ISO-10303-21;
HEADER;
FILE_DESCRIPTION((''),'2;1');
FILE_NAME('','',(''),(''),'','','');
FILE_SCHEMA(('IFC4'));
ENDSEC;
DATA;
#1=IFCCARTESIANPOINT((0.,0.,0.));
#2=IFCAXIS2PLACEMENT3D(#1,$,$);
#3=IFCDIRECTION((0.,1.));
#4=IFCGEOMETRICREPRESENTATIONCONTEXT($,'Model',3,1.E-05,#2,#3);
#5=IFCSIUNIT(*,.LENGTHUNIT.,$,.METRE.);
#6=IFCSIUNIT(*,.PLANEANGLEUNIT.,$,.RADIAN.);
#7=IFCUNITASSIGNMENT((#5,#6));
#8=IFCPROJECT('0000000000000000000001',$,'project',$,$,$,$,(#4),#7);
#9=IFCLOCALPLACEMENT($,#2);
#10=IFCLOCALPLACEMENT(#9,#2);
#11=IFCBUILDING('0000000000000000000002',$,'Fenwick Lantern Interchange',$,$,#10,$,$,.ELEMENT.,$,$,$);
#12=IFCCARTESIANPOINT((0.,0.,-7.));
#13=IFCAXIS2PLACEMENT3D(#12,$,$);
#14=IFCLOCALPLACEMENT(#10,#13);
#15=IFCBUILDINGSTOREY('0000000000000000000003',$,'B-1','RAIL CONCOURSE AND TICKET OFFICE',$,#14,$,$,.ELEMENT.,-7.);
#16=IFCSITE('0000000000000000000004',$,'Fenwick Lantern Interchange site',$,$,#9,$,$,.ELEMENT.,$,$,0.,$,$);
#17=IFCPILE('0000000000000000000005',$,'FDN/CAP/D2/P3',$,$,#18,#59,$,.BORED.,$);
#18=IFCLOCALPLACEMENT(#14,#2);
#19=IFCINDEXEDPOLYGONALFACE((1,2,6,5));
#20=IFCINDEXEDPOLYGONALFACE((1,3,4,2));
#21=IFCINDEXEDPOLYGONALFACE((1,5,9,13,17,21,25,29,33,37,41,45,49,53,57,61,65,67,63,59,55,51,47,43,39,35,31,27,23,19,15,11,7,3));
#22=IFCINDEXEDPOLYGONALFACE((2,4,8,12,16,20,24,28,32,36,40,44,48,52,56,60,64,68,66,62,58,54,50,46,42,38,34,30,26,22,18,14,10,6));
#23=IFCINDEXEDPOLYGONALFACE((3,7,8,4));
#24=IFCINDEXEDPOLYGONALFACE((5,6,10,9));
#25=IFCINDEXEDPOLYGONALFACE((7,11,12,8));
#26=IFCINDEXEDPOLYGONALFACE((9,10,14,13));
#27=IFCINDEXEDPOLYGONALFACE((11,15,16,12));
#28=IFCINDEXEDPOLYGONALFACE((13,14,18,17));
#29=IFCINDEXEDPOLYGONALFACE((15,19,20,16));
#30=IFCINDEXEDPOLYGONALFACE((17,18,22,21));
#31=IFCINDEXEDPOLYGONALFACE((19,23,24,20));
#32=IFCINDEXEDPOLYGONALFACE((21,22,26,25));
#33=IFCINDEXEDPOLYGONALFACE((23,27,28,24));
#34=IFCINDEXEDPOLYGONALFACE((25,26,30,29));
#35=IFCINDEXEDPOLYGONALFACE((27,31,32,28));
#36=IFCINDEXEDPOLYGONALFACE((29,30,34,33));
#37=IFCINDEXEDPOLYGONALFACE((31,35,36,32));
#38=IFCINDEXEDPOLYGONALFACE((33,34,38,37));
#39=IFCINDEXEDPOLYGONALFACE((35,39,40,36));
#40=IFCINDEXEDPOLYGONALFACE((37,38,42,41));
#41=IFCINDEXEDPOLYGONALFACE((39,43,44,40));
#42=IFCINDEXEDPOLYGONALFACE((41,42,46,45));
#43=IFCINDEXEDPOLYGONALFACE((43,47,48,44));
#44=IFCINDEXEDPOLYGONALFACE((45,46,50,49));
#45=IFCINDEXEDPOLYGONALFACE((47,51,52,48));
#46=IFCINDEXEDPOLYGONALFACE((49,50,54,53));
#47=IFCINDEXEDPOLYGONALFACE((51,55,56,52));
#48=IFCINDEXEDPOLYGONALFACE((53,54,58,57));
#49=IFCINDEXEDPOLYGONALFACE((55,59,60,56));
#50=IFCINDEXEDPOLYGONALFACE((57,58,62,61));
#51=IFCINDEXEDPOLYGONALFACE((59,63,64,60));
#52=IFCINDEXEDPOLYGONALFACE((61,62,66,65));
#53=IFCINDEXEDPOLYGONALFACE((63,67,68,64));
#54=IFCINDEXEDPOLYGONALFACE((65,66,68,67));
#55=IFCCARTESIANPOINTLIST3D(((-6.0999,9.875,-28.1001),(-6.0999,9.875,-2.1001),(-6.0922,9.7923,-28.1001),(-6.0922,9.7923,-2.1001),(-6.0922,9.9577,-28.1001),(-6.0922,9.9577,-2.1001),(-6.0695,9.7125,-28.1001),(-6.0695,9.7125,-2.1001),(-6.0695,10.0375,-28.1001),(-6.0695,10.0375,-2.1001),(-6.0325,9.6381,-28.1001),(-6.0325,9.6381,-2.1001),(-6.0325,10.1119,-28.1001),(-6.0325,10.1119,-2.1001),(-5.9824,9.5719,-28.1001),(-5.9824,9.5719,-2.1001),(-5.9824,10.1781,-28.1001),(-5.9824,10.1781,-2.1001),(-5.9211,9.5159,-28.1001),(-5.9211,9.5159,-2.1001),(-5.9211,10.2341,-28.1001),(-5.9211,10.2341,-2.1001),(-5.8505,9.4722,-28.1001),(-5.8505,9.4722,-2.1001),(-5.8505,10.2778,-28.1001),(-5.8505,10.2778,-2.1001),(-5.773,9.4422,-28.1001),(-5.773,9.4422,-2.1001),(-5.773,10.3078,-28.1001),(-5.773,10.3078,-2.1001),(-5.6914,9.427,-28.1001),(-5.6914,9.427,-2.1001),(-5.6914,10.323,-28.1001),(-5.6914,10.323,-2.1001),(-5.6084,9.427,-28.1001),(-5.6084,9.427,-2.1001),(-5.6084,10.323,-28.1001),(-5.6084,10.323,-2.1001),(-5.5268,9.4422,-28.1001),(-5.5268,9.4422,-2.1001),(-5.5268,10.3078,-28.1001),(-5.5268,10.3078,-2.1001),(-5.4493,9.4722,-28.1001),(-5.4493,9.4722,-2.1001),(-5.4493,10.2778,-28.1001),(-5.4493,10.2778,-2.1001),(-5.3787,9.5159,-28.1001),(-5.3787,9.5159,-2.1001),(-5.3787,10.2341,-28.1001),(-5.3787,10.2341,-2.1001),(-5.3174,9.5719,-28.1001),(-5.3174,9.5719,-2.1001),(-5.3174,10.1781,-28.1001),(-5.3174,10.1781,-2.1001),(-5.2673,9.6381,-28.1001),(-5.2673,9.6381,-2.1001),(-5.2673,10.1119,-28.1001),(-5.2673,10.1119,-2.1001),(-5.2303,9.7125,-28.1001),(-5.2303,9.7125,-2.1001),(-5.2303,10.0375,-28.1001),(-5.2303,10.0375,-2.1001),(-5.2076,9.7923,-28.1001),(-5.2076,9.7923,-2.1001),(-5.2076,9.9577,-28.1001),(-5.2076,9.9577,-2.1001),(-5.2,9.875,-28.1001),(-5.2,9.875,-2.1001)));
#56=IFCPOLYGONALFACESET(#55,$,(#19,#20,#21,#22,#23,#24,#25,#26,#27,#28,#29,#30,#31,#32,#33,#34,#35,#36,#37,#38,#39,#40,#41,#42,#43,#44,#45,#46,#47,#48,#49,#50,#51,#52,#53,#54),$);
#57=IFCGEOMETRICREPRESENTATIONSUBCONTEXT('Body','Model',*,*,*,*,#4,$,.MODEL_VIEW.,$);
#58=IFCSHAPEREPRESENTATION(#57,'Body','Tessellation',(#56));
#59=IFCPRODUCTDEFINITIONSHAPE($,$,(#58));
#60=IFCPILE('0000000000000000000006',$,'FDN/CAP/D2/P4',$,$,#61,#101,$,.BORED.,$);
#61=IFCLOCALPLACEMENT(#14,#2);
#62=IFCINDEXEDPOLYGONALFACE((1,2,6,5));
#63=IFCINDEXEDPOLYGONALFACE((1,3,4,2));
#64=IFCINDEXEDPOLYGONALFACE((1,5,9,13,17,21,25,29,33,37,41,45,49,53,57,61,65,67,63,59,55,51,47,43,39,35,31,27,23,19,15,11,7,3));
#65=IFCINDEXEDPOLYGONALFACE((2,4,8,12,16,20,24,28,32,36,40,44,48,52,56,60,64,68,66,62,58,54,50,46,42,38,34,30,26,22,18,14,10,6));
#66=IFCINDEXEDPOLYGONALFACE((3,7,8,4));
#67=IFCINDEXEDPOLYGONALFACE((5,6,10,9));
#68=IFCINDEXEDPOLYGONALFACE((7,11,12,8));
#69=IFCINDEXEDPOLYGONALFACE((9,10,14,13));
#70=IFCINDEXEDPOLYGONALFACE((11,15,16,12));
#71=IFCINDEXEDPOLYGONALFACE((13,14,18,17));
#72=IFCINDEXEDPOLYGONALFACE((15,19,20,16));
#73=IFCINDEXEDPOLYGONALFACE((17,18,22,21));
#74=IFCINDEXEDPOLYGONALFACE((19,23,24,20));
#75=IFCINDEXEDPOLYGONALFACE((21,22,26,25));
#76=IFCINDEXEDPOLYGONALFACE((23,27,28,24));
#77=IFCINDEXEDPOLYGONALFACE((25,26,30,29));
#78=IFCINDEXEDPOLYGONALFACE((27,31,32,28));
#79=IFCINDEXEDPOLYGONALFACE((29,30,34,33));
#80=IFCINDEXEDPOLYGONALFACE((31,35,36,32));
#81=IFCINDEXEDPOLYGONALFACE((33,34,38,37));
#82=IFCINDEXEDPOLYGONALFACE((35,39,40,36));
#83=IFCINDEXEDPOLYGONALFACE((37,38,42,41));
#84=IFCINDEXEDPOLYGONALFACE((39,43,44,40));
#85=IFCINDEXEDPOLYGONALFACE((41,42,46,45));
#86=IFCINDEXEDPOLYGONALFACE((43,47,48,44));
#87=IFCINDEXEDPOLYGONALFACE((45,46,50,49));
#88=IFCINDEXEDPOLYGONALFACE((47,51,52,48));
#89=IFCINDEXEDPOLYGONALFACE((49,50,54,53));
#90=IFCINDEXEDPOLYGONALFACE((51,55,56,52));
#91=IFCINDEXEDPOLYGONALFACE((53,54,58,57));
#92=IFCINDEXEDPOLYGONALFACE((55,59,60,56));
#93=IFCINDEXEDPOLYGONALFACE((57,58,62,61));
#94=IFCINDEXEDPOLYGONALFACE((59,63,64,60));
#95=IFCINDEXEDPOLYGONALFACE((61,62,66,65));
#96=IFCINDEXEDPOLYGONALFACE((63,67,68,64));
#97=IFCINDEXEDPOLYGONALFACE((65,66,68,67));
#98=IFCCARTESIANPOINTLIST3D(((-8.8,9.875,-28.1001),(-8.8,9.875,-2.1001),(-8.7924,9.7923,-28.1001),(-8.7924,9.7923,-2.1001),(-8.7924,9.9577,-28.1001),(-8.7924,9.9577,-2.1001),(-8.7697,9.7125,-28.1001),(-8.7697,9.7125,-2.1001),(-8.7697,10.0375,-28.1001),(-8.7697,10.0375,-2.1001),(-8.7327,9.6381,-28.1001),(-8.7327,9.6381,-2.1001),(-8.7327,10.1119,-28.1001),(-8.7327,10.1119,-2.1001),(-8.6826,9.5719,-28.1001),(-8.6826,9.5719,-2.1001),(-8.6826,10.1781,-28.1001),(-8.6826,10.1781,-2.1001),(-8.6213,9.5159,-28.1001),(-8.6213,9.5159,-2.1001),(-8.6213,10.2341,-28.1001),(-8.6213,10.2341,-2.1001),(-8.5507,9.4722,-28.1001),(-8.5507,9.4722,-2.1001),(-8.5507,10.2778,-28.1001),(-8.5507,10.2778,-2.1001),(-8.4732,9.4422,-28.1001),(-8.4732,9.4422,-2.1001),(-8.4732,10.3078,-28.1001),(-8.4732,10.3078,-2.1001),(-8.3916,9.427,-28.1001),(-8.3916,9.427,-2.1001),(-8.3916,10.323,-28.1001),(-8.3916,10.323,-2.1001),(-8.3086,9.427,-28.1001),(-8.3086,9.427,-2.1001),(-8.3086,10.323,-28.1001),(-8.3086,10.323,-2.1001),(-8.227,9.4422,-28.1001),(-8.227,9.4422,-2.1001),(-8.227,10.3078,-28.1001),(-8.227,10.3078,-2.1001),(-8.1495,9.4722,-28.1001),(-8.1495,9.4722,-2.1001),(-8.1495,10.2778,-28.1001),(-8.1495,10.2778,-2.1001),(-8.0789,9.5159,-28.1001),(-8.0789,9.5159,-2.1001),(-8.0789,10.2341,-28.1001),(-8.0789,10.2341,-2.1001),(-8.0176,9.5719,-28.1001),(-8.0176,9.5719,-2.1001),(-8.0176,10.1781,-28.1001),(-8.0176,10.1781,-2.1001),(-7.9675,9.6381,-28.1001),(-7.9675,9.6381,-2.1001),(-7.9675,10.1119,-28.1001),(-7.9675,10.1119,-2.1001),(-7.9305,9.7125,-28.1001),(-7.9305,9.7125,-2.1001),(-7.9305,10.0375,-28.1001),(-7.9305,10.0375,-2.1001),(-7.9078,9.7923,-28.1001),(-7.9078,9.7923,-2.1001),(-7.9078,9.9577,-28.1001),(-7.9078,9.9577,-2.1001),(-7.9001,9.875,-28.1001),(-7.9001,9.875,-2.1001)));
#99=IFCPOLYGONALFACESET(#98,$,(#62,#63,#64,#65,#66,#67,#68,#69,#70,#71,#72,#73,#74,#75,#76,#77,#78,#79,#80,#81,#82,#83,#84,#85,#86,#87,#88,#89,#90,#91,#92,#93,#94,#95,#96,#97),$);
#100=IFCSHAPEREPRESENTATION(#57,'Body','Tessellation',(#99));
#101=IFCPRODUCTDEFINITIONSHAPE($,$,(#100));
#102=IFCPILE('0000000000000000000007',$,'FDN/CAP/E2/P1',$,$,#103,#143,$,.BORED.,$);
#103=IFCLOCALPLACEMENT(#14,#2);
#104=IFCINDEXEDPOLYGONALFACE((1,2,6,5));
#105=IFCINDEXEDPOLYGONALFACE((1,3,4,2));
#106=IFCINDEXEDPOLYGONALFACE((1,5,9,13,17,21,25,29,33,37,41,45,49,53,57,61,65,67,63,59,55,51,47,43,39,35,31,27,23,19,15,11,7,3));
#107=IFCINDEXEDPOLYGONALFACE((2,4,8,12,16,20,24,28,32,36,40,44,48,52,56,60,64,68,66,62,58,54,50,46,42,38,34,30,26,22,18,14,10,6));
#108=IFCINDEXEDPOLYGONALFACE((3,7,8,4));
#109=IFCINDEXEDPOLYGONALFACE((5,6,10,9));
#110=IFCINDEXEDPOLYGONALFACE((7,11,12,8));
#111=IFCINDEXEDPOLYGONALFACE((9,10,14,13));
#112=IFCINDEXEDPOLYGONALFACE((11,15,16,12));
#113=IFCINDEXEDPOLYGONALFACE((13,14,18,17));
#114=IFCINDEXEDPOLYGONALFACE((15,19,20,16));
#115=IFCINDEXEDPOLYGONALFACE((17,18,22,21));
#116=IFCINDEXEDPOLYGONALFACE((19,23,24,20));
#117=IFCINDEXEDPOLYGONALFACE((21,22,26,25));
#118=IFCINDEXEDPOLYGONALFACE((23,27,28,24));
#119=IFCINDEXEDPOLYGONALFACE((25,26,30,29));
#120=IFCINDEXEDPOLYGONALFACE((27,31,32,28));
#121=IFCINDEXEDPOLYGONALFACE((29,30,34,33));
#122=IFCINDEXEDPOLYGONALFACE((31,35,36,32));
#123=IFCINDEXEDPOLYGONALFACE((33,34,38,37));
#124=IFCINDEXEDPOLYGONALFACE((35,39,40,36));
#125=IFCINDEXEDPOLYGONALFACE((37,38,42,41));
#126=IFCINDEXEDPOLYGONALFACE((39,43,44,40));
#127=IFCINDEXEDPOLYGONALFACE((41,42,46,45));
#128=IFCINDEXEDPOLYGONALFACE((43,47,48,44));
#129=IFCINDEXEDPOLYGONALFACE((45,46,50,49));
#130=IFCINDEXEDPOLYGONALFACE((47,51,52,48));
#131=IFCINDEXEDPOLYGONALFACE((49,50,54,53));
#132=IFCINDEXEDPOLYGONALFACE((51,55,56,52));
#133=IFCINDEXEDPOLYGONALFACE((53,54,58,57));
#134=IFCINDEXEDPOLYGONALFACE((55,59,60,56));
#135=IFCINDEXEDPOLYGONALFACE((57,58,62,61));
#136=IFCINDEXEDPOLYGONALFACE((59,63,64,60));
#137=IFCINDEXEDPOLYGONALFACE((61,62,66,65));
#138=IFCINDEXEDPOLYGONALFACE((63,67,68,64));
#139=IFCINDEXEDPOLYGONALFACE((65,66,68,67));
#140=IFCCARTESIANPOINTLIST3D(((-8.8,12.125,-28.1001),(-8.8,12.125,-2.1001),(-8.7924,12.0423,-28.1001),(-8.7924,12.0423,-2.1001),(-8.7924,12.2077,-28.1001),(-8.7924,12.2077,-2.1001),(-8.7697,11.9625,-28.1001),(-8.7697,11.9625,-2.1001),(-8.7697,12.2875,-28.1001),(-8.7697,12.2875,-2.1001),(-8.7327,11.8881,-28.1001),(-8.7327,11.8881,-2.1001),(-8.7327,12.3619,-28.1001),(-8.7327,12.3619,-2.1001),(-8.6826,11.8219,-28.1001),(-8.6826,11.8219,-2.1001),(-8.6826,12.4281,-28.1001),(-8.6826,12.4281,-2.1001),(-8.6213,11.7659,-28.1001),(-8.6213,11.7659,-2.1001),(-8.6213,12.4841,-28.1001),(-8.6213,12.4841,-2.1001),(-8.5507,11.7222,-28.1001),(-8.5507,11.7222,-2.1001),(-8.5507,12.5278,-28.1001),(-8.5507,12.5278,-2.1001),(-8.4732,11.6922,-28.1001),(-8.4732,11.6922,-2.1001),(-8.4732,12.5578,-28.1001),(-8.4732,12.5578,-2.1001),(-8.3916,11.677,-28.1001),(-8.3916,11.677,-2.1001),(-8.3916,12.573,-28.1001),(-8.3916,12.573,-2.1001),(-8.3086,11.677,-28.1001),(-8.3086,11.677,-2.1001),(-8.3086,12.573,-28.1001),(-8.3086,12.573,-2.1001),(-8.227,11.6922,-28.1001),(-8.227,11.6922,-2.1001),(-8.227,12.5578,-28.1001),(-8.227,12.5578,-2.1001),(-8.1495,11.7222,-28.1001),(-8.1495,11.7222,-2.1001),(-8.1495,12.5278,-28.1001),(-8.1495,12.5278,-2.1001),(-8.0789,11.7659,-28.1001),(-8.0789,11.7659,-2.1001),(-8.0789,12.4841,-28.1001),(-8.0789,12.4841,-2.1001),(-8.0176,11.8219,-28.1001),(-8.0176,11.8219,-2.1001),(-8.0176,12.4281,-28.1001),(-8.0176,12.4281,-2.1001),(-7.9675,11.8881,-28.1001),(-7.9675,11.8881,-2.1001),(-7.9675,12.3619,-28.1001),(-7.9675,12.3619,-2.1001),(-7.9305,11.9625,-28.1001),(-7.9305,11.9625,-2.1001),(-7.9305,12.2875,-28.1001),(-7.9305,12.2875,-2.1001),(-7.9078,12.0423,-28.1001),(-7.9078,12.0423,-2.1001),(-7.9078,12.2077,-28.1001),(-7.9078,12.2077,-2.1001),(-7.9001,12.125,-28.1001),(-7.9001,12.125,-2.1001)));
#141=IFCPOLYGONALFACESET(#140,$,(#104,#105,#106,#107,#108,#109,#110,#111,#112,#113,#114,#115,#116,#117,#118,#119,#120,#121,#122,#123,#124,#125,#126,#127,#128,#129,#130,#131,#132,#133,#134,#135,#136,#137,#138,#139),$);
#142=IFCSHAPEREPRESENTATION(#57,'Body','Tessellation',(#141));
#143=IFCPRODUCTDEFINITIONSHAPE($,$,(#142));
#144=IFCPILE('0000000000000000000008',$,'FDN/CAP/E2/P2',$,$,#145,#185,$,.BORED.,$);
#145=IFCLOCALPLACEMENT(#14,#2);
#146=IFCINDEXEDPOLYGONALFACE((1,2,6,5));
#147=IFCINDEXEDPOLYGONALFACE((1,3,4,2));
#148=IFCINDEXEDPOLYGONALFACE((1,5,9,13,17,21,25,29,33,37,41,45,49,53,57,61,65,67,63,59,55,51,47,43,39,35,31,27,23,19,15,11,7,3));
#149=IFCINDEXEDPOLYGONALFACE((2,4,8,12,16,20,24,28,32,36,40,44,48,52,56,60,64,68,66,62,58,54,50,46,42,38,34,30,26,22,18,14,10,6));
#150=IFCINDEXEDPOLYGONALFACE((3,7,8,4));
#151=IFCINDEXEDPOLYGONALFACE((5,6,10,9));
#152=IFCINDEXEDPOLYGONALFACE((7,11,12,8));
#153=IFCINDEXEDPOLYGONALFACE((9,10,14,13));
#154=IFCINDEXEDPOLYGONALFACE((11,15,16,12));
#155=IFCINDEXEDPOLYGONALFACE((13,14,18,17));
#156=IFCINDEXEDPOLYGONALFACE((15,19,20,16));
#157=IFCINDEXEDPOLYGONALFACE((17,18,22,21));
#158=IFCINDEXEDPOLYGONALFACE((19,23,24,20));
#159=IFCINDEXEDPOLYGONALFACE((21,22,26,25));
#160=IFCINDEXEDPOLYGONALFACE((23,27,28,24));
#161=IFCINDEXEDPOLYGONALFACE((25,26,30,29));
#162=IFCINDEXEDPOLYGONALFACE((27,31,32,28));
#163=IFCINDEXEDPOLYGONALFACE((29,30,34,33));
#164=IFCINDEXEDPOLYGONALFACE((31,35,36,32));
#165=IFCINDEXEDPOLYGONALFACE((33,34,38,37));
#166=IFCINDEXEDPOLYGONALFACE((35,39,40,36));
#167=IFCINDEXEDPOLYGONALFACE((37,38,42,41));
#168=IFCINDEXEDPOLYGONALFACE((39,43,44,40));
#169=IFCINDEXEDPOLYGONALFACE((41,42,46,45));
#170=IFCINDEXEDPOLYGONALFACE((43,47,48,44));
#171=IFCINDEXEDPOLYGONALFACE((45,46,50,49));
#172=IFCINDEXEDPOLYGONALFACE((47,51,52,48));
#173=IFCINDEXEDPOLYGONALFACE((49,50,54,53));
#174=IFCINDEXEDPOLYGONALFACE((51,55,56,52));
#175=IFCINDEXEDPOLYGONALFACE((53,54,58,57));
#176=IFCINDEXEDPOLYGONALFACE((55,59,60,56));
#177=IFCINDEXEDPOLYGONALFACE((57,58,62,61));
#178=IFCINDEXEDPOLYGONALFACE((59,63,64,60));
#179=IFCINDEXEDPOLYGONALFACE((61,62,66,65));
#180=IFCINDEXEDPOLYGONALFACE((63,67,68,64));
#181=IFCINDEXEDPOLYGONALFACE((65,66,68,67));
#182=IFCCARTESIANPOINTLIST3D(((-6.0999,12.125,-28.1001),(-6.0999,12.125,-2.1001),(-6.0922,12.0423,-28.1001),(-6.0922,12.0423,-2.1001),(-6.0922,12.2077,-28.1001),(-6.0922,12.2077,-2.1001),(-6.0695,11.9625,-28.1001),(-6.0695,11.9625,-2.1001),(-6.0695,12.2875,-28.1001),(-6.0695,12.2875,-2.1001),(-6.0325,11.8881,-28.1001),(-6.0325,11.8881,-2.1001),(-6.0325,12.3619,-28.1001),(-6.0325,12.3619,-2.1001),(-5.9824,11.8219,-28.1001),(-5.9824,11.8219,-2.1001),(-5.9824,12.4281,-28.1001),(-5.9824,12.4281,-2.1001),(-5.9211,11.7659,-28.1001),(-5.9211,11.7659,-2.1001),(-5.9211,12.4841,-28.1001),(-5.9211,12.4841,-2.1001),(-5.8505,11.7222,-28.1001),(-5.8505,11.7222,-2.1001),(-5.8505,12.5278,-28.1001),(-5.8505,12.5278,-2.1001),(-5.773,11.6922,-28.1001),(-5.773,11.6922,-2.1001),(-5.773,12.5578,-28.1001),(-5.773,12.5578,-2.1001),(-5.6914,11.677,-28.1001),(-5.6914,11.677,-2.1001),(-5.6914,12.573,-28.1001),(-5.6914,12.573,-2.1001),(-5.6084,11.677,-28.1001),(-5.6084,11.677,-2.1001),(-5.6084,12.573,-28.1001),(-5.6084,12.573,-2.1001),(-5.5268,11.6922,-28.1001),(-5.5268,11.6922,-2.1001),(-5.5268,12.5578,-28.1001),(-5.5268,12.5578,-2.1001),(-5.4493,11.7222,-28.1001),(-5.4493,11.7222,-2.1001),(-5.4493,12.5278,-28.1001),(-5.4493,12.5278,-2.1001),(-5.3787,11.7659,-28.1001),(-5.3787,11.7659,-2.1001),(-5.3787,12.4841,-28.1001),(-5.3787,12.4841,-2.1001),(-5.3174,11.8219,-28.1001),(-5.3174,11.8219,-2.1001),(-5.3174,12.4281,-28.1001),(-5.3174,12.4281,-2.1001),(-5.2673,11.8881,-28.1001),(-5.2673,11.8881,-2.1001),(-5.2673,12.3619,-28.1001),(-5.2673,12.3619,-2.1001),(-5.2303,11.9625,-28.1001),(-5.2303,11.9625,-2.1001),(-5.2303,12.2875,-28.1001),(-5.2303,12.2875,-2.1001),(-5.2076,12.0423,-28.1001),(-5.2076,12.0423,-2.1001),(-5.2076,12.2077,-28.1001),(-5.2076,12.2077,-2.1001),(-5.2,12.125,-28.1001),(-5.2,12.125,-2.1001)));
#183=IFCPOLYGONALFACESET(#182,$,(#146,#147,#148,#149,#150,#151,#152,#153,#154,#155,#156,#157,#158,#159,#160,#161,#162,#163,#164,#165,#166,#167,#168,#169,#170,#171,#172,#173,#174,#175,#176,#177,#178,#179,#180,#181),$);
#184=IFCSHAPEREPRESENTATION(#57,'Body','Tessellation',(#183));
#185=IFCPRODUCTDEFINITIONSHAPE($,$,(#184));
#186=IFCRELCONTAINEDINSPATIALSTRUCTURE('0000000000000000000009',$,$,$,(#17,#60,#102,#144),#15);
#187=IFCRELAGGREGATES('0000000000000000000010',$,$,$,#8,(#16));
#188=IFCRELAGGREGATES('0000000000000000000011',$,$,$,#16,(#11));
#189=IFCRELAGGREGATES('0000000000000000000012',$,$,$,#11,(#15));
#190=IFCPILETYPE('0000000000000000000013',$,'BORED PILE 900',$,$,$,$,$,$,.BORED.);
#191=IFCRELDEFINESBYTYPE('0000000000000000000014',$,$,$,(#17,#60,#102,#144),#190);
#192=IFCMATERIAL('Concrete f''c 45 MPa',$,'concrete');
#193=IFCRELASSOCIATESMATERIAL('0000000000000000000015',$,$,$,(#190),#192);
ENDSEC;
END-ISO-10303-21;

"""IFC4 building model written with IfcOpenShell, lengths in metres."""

from ifc_helpers import new_model, si_unit, direction, frame, origin, origin_2d, place, context, subcontext, project, spatial, circle, extrude, material, type_object, element, save


model = new_model("IFC4")

# Units and contexts
model_context = context("Model", 3, precision=1e-05, world=origin(), true_north=direction((0.0, 1.0)))
body_context = subcontext(model_context, "Body", "Model", "MODEL_VIEW")
ifc_project = project(units=[si_unit("LENGTHUNIT", "METRE"), si_unit("PLANEANGLEUNIT", "RADIAN")], contexts=[model_context])

# Site, building, storey
site_placement = place(None, origin())
site = spatial("IfcSite", under=ifc_project, at=site_placement, Name="Fenwick Lantern Interchange site", CompositionType="ELEMENT", RefElevation=0.0)
building_placement = place(site_placement, origin())
building = spatial("IfcBuilding", under=site, at=building_placement, Name="Fenwick Lantern Interchange", CompositionType="ELEMENT")
storey_placement = place(building_placement, frame((0.0, 0.0, -7.0)))
storey = spatial("IfcBuildingStorey", under=building, at=storey_placement, Name="B-1", Description="RAIL CONCOURSE AND TICKET OFFICE", CompositionType="ELEMENT", Elevation=-7.0)

# Piles
ifc_material_1 = material(Name="Concrete f'c 45 MPa", Category="concrete")
pile_type_1 = type_object("IfcPileType", Name="BORED PILE 900", PredefinedType="BORED", material=ifc_material_1)
for number, where, z_axis, x_axis, name in (
    (1, (-5.6499, 9.875, -2.1001), (0.0, 0.0, -1.0), (1.0, 0.0, 0.0), "FDN/CAP/D2/P3"),
    (2, (-8.3501, 9.875, -2.1001), (0.0, 0.0, -1.0), (1.0, 0.0, 0.0), "FDN/CAP/D2/P4"),
    (3, (-8.3501, 12.125, -2.1001), (0.0, 0.0, -1.0), (1.0, 0.0, 0.0), "FDN/CAP/E2/P1"),
    (4, (-5.6499, 12.125, -2.1001), (0.0, 0.0, -1.0), (1.0, 0.0, 0.0), "FDN/CAP/E2/P2"),
):
    element("IfcPile", number, at=place(storey_placement, frame(where, z_axis=z_axis, x_axis=x_axis)), inside=storey, type_object=pile_type_1, Name=name, PredefinedType="BORED", context=body_context, shape_type="SweptSolid", body=[
        extrude(circle(Radius=0.45, at=origin_2d()), origin(), (0.0, 0.0, 1.0), 26.0),
    ])

save(model, "model.ifc")
